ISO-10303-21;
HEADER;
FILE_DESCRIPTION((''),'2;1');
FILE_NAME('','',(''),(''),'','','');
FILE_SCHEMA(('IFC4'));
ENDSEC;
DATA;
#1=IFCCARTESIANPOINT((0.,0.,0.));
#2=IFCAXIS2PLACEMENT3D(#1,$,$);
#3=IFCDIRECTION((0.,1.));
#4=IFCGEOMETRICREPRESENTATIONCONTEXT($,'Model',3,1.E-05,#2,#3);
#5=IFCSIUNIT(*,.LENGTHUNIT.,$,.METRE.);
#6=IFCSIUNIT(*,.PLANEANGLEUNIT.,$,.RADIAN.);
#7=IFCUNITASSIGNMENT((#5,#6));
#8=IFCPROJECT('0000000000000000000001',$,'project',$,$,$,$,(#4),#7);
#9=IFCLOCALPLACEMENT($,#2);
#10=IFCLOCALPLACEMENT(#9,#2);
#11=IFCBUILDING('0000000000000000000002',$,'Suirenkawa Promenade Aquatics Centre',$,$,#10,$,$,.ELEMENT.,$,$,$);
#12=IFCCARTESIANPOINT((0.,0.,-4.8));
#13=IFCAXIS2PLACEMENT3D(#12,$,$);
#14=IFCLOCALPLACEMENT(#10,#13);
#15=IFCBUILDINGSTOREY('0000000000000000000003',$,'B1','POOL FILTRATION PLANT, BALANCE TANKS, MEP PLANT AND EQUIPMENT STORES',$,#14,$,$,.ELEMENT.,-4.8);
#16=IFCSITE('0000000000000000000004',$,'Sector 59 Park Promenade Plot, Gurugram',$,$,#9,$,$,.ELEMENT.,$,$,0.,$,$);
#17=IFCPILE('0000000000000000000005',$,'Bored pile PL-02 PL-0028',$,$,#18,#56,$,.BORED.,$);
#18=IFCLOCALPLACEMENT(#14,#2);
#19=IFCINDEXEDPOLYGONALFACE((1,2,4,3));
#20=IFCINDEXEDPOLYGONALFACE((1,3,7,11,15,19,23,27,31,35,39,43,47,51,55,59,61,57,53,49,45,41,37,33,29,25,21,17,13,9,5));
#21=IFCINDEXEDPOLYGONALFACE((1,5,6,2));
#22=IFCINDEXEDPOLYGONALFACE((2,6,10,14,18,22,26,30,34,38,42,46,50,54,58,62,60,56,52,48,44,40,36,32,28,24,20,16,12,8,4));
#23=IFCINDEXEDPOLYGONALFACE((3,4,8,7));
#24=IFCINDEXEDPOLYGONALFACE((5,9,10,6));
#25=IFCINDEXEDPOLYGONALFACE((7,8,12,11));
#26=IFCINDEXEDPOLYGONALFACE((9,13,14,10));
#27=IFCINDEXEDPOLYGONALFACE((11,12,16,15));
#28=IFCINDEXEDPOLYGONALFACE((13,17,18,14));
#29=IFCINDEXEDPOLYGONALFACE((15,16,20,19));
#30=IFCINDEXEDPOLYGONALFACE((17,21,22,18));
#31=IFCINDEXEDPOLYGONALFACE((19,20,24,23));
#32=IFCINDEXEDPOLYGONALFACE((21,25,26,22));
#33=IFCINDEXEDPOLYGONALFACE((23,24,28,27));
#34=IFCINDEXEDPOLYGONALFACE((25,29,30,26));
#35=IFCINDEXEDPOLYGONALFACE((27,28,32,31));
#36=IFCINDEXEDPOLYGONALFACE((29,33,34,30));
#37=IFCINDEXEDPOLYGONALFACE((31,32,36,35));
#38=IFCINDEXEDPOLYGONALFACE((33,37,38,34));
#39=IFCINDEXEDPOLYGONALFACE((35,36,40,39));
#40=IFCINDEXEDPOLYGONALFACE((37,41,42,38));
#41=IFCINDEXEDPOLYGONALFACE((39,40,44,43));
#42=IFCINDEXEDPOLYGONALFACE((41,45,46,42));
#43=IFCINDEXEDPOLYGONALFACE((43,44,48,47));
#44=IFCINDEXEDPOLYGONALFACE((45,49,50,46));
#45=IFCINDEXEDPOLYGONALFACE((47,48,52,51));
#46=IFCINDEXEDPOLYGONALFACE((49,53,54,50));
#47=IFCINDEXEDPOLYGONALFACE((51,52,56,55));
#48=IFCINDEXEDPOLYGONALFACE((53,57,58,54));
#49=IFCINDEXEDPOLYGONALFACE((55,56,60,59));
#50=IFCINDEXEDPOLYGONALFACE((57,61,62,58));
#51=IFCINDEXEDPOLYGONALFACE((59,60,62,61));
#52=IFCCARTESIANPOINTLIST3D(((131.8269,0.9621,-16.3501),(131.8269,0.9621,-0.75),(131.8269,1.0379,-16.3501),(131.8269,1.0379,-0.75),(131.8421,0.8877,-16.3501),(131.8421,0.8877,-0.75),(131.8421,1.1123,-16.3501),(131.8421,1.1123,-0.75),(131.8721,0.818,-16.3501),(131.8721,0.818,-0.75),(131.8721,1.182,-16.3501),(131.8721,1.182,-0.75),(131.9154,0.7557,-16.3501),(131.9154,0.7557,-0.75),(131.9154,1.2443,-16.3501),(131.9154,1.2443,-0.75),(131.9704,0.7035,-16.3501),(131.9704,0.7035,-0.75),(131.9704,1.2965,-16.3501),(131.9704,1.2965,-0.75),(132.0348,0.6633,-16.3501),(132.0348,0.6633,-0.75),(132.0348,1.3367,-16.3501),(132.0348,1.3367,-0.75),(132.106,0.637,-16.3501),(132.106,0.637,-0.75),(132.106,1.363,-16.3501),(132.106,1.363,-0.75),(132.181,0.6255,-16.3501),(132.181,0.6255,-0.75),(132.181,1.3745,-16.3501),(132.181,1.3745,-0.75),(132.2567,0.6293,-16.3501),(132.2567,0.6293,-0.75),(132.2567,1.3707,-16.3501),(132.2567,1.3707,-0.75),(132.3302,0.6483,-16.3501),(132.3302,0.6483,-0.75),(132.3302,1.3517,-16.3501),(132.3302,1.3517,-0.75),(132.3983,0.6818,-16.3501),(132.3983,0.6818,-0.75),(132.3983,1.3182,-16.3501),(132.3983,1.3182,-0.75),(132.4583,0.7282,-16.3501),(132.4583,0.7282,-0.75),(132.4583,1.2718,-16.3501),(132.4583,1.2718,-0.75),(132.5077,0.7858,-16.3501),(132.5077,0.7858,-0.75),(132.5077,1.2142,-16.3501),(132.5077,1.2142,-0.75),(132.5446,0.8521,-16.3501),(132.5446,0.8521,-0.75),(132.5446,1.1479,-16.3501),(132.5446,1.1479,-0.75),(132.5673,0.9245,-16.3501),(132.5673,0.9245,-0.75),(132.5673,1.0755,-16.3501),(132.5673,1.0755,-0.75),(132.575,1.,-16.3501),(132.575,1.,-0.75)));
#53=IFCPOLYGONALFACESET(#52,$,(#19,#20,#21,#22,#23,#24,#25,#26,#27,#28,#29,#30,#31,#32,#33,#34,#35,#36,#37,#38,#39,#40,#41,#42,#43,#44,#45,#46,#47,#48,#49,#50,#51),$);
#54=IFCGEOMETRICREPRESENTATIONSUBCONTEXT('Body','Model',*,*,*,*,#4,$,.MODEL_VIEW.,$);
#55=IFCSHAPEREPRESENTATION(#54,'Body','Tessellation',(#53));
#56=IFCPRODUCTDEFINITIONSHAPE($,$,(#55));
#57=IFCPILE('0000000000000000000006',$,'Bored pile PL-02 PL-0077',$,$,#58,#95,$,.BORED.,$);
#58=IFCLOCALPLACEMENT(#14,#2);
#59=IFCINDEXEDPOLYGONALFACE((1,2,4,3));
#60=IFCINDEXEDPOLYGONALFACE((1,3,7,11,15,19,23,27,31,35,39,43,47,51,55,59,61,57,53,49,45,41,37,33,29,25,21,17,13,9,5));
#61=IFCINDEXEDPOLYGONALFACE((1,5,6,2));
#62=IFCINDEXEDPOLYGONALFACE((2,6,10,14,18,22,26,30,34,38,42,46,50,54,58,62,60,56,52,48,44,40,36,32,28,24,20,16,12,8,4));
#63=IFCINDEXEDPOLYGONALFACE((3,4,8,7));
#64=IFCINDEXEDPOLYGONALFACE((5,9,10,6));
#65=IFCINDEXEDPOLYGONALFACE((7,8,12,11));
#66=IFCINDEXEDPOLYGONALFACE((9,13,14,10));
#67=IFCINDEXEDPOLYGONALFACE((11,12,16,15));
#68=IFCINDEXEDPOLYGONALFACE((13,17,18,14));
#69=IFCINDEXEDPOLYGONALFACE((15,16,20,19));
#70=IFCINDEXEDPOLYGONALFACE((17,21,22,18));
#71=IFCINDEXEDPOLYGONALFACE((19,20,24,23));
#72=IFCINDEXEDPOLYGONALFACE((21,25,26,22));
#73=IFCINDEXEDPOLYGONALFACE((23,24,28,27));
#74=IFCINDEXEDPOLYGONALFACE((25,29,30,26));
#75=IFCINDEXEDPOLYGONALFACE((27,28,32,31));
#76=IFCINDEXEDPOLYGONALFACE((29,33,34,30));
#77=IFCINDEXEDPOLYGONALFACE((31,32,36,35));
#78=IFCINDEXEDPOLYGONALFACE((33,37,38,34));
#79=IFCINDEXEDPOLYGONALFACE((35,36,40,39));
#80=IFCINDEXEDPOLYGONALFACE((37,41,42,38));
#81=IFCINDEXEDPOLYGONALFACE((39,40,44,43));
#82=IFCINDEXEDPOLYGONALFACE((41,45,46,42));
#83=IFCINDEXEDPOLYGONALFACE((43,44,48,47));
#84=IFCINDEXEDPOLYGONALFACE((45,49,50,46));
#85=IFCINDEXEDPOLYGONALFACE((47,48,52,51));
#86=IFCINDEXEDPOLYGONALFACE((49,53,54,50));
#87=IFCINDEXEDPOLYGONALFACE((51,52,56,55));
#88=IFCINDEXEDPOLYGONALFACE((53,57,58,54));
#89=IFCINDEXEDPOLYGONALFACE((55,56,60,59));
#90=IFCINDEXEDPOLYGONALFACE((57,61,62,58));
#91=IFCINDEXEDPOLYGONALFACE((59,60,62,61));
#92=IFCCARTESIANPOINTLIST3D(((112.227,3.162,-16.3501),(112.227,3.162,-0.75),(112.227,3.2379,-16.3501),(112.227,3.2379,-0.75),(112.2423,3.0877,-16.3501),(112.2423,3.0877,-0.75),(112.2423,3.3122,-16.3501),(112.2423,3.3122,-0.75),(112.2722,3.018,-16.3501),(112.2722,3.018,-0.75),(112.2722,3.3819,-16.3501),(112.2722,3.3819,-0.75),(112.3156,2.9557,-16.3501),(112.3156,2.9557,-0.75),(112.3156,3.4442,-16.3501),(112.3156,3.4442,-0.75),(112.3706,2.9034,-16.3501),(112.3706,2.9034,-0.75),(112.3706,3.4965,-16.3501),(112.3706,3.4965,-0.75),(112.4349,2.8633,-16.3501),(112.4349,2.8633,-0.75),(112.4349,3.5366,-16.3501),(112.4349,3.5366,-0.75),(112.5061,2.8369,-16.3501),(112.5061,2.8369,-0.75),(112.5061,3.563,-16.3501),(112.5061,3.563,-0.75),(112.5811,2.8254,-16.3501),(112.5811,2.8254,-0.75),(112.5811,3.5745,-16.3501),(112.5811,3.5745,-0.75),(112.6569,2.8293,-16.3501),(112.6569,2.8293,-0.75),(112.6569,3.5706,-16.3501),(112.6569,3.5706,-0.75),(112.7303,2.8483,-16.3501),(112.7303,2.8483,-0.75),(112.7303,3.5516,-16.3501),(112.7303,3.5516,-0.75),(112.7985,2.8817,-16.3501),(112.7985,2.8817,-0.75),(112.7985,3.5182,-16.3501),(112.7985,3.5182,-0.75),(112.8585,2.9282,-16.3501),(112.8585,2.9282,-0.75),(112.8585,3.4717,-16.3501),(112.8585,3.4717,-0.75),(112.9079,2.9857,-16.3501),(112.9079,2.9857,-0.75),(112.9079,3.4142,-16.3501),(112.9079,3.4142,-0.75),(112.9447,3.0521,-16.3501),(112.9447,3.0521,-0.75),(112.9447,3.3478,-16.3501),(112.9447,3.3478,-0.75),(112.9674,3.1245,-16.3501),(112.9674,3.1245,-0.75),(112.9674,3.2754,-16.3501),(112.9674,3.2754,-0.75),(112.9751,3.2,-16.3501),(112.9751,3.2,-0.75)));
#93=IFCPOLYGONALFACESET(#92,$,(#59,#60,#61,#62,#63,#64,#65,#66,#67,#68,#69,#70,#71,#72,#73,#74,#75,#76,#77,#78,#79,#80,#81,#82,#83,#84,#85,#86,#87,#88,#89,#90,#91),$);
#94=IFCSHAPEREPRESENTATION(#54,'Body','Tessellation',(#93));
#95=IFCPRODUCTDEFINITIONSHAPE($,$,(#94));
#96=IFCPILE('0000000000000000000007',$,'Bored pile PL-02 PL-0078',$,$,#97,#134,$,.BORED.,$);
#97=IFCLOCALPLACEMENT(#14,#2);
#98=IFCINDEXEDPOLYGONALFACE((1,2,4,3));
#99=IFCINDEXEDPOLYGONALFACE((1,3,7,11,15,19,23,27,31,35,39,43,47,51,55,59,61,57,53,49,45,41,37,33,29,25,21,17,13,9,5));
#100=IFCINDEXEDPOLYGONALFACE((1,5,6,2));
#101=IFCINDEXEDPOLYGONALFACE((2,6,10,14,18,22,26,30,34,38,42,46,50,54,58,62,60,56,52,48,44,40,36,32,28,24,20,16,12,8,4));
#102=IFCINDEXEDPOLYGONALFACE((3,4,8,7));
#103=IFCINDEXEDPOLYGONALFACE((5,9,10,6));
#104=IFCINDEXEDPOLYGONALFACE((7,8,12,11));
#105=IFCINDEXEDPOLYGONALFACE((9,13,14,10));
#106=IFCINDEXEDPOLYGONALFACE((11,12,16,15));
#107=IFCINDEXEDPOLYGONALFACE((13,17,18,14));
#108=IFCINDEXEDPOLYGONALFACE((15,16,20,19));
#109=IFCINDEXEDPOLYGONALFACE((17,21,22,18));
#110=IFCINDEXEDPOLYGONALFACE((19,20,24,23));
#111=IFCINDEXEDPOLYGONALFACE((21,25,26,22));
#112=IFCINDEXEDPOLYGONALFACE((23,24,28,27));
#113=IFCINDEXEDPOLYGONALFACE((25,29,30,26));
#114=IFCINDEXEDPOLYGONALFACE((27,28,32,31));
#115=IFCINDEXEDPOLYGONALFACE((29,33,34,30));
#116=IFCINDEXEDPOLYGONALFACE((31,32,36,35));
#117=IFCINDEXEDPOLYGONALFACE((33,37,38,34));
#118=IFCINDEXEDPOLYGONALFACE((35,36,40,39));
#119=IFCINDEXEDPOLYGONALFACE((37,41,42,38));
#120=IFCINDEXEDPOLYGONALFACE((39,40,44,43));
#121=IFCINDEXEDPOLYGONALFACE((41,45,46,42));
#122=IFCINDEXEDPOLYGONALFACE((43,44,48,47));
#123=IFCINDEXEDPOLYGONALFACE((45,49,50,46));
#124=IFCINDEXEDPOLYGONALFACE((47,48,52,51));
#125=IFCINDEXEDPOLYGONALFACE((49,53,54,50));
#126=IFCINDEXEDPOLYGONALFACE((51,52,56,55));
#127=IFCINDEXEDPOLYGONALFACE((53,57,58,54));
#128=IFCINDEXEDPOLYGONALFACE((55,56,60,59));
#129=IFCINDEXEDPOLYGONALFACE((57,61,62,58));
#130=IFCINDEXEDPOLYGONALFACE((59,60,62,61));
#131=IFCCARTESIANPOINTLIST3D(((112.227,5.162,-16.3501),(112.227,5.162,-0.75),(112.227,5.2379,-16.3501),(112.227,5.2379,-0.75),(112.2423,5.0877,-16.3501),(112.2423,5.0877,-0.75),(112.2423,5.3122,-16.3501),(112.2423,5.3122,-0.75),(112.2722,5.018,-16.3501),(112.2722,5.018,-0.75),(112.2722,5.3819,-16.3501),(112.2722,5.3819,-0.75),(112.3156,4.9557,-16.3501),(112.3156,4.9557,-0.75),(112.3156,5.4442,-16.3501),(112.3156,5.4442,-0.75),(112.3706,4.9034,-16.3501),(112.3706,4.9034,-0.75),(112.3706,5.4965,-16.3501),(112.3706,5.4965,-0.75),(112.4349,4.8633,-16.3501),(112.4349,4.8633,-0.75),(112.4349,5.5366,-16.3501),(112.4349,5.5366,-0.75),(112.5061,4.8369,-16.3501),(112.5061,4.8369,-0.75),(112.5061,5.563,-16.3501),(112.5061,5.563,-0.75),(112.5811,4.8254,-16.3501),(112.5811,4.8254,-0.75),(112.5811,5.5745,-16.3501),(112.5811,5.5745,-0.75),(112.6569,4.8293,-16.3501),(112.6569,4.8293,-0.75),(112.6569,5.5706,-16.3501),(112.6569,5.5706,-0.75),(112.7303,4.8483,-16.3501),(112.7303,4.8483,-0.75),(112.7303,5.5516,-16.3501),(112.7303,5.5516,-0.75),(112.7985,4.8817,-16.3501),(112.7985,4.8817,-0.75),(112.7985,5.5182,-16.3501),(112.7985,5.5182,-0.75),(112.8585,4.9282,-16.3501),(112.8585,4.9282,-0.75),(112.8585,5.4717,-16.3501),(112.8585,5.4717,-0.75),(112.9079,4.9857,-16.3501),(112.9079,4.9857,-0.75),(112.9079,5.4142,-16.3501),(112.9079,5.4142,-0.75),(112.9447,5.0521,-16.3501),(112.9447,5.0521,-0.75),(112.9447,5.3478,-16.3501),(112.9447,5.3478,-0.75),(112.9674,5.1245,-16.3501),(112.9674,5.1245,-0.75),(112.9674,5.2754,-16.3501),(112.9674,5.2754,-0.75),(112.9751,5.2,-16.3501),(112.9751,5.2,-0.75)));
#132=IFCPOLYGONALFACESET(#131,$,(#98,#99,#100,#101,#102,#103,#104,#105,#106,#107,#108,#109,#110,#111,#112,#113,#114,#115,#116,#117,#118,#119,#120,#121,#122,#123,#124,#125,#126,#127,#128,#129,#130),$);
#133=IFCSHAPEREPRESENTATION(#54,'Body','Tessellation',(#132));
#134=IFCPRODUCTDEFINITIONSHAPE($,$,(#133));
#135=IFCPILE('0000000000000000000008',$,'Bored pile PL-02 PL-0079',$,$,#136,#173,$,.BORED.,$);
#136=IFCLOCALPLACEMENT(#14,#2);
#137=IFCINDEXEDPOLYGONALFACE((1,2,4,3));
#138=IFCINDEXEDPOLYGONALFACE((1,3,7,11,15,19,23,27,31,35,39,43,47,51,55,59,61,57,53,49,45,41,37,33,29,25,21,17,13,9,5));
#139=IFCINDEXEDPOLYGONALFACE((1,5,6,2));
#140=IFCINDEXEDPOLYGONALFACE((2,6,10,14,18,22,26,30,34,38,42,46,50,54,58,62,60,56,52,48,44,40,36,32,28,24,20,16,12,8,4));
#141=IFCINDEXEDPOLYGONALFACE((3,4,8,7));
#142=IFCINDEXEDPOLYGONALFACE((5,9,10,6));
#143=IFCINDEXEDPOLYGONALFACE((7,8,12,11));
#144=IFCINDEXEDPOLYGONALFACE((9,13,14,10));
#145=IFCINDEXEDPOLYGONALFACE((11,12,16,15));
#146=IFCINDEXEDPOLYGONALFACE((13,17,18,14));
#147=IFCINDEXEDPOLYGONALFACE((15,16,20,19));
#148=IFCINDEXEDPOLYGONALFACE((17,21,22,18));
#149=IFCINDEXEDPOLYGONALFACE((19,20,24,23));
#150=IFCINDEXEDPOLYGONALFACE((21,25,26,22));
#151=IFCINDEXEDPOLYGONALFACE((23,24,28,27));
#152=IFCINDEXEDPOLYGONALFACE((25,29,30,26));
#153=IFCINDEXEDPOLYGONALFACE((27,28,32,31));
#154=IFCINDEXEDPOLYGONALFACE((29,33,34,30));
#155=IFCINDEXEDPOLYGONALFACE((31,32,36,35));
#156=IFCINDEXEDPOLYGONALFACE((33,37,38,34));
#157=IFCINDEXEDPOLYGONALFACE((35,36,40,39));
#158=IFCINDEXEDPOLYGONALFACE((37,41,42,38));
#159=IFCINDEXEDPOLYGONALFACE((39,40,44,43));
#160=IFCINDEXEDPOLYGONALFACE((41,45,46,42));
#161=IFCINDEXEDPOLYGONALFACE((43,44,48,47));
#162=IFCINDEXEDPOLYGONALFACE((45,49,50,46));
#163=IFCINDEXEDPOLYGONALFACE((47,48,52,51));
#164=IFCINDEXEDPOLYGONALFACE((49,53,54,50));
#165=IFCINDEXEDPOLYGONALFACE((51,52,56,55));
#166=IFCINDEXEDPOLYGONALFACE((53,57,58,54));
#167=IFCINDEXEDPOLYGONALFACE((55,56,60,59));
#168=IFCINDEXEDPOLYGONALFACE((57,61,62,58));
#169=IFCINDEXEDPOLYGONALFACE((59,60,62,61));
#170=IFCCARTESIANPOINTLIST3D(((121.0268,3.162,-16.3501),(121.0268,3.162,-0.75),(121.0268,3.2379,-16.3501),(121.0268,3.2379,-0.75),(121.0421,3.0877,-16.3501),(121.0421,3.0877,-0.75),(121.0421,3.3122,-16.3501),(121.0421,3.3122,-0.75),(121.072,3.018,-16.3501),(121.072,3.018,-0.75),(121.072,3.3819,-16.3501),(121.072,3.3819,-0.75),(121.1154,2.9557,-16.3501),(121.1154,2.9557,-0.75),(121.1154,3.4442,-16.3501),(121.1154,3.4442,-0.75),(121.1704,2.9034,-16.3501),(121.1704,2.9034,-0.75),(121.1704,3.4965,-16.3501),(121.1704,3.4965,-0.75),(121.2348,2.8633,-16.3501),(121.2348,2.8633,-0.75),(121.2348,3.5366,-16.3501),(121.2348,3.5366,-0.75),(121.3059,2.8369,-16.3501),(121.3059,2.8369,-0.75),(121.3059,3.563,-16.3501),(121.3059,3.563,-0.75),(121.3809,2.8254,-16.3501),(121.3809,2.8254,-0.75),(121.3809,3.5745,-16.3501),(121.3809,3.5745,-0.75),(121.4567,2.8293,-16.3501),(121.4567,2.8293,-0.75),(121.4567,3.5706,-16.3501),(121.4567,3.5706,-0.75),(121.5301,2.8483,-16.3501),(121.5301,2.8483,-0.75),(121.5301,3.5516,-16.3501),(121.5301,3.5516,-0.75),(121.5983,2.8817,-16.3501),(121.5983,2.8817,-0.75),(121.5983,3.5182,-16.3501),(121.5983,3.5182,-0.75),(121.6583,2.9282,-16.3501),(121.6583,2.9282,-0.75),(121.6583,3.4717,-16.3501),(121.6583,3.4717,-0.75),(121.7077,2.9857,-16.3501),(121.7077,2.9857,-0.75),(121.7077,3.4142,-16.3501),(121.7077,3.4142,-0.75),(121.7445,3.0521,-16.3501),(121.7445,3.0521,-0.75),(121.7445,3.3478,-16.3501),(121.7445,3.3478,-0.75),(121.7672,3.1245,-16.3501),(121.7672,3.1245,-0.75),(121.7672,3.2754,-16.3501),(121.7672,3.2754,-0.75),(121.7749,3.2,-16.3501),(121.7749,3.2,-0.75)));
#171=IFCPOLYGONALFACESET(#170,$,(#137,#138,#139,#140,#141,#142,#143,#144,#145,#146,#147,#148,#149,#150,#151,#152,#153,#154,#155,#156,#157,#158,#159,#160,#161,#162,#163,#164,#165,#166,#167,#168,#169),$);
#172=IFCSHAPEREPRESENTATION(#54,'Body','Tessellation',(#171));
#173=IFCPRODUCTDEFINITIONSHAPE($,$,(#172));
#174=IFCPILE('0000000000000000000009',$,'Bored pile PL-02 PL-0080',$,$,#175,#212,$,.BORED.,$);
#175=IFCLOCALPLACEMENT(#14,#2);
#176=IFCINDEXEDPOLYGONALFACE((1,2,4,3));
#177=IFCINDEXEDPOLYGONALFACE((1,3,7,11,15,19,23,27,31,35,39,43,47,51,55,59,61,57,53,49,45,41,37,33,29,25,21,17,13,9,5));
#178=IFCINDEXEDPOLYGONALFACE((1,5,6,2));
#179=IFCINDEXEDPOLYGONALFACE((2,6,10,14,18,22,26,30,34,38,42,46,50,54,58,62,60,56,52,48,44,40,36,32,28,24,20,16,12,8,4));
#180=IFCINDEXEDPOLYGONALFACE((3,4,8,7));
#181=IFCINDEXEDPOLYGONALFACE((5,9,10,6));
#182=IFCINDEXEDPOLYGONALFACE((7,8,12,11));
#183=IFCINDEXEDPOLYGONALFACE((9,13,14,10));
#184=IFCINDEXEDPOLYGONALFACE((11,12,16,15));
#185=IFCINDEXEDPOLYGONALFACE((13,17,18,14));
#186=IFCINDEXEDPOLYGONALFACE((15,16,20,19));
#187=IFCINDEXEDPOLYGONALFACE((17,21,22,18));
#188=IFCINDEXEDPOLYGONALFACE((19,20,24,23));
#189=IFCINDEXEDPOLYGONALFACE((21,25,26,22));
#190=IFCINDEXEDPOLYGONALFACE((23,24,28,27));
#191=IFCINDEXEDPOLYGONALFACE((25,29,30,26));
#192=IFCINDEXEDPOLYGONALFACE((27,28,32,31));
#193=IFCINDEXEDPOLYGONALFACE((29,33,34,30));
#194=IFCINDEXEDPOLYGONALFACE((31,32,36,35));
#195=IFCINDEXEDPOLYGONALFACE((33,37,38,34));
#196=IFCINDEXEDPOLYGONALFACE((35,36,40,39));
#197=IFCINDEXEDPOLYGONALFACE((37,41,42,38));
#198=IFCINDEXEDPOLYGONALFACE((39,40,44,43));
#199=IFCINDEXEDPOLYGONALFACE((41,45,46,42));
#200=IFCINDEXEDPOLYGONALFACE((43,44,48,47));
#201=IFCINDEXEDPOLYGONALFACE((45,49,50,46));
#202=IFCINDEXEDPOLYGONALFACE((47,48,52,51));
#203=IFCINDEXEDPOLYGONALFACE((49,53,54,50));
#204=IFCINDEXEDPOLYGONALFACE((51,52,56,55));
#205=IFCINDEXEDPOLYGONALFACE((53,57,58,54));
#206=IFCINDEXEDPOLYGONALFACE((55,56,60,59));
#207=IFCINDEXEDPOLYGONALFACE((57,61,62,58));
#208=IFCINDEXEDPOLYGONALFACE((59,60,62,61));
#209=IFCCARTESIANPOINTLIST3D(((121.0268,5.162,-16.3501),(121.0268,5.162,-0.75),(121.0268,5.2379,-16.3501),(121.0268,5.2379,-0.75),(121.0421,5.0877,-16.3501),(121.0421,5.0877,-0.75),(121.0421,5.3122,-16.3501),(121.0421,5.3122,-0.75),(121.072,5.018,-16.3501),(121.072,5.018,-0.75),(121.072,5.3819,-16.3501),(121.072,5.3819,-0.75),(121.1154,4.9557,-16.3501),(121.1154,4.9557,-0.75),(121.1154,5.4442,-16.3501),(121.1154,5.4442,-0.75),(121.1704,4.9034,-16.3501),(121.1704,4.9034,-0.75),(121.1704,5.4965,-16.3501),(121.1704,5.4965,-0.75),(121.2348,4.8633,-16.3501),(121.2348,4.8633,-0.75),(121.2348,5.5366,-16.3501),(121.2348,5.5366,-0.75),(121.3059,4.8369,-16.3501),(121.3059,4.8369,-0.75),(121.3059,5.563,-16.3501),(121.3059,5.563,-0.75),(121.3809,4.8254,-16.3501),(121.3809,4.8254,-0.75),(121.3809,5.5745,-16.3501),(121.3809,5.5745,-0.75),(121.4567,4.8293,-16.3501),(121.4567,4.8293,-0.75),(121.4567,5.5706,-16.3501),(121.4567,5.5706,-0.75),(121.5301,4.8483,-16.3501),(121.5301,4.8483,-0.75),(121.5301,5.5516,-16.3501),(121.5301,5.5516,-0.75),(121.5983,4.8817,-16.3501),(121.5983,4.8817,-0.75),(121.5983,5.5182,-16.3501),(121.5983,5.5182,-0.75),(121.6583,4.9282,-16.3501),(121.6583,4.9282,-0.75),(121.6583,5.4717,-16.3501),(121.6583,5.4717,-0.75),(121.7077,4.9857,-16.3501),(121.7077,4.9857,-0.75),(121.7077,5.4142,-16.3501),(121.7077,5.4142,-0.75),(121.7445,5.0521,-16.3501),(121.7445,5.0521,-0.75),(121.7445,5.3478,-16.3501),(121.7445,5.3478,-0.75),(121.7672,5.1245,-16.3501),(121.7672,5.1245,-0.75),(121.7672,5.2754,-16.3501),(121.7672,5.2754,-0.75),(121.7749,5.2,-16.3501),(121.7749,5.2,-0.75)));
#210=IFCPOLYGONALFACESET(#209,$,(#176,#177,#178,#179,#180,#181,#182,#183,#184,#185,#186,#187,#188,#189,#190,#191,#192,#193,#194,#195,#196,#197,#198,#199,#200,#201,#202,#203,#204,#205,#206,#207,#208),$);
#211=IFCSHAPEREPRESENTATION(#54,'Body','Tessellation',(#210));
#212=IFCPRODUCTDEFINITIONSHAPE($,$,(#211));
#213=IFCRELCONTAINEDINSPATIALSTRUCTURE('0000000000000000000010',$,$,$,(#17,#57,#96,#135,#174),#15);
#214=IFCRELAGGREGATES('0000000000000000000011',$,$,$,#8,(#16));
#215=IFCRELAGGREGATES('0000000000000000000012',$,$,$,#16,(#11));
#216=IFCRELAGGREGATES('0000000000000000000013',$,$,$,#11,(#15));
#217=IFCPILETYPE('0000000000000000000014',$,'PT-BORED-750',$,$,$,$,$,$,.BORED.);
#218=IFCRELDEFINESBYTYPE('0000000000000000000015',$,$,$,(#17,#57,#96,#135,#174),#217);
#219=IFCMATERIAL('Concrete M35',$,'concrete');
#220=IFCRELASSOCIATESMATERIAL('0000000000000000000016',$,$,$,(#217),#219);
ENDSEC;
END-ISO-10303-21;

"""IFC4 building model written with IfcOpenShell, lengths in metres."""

from ifc_helpers import new_model, si_unit, direction, frame, origin, origin_2d, place, context, subcontext, project, spatial, circle, extrude, material, material_profile, profile_set, type_object, element, save


model = new_model("IFC4")

# Units and contexts
model_context = context("Model", 3, precision=1e-05, world=origin(), true_north=direction((0.0, 1.0)))
body_context = subcontext(model_context, "Body", "Model", "MODEL_VIEW")
ifc_project = project(units=[si_unit("LENGTHUNIT", "METRE"), si_unit("PLANEANGLEUNIT", "RADIAN")], contexts=[model_context])

# Site, building, storey
site_placement = place(None, origin())
site = spatial("IfcSite", under=ifc_project, at=site_placement, Name="Sector 59 Park Promenade Plot, Gurugram", CompositionType="ELEMENT", RefElevation=0.0)
building_placement = place(site_placement, origin())
building = spatial("IfcBuilding", under=site, at=building_placement, Name="Suirenkawa Promenade Aquatics Centre", CompositionType="ELEMENT")
storey_placement = place(building_placement, frame((0.0, 0.0, -4.8)))
storey = spatial("IfcBuildingStorey", under=building, at=storey_placement, Name="B1", Description="POOL FILTRATION PLANT, BALANCE TANKS, MEP PLANT AND EQUIPMENT STORES", CompositionType="ELEMENT", Elevation=-4.8)

# Shared definitions
ifc_material_1 = material(Name="Concrete M35", Category="concrete")

# Piles
ifc_material_profile_1 = material_profile(ifc_material_1, circle(Radius=0.375, at=origin_2d()), Name="PILE D750", Category="concrete")
ifc_profile_set_1 = profile_set([ifc_material_profile_1], Name="Concrete M35")
pile_type = type_object("IfcPileType", Name="PT-BORED-750", PredefinedType="BORED", material=ifc_profile_set_1)
for number, where, z_axis, x_axis, name in (
    (1, (132.2, 1.0, -0.75), (0.0, 0.0, -1.0), (1.0, 0.0, 0.0), "Bored pile PL-02 PL-0028"),
    (2, (112.6001, 3.2, -0.75), (0.0, 0.0, -1.0), (1.0, 0.0, 0.0), "Bored pile PL-02 PL-0077"),
    (3, (112.6001, 5.2, -0.75), (0.0, 0.0, -1.0), (1.0, 0.0, 0.0), "Bored pile PL-02 PL-0078"),
    (4, (121.3999, 3.2, -0.75), (0.0, 0.0, -1.0), (1.0, 0.0, 0.0), "Bored pile PL-02 PL-0079"),
    (5, (121.3999, 5.2, -0.75), (0.0, 0.0, -1.0), (1.0, 0.0, 0.0), "Bored pile PL-02 PL-0080"),
):
    element("IfcPile", number, at=place(storey_placement, frame(where, z_axis=z_axis, x_axis=x_axis)), inside=storey, type_object=pile_type, Name=name, PredefinedType="BORED", context=body_context, shape_type="SweptSolid", body=[
        extrude(circle(Radius=0.375, at=origin_2d()), origin(), (0.0, 0.0, 1.0), 15.6001),
    ])

save(model, "model.ifc")
